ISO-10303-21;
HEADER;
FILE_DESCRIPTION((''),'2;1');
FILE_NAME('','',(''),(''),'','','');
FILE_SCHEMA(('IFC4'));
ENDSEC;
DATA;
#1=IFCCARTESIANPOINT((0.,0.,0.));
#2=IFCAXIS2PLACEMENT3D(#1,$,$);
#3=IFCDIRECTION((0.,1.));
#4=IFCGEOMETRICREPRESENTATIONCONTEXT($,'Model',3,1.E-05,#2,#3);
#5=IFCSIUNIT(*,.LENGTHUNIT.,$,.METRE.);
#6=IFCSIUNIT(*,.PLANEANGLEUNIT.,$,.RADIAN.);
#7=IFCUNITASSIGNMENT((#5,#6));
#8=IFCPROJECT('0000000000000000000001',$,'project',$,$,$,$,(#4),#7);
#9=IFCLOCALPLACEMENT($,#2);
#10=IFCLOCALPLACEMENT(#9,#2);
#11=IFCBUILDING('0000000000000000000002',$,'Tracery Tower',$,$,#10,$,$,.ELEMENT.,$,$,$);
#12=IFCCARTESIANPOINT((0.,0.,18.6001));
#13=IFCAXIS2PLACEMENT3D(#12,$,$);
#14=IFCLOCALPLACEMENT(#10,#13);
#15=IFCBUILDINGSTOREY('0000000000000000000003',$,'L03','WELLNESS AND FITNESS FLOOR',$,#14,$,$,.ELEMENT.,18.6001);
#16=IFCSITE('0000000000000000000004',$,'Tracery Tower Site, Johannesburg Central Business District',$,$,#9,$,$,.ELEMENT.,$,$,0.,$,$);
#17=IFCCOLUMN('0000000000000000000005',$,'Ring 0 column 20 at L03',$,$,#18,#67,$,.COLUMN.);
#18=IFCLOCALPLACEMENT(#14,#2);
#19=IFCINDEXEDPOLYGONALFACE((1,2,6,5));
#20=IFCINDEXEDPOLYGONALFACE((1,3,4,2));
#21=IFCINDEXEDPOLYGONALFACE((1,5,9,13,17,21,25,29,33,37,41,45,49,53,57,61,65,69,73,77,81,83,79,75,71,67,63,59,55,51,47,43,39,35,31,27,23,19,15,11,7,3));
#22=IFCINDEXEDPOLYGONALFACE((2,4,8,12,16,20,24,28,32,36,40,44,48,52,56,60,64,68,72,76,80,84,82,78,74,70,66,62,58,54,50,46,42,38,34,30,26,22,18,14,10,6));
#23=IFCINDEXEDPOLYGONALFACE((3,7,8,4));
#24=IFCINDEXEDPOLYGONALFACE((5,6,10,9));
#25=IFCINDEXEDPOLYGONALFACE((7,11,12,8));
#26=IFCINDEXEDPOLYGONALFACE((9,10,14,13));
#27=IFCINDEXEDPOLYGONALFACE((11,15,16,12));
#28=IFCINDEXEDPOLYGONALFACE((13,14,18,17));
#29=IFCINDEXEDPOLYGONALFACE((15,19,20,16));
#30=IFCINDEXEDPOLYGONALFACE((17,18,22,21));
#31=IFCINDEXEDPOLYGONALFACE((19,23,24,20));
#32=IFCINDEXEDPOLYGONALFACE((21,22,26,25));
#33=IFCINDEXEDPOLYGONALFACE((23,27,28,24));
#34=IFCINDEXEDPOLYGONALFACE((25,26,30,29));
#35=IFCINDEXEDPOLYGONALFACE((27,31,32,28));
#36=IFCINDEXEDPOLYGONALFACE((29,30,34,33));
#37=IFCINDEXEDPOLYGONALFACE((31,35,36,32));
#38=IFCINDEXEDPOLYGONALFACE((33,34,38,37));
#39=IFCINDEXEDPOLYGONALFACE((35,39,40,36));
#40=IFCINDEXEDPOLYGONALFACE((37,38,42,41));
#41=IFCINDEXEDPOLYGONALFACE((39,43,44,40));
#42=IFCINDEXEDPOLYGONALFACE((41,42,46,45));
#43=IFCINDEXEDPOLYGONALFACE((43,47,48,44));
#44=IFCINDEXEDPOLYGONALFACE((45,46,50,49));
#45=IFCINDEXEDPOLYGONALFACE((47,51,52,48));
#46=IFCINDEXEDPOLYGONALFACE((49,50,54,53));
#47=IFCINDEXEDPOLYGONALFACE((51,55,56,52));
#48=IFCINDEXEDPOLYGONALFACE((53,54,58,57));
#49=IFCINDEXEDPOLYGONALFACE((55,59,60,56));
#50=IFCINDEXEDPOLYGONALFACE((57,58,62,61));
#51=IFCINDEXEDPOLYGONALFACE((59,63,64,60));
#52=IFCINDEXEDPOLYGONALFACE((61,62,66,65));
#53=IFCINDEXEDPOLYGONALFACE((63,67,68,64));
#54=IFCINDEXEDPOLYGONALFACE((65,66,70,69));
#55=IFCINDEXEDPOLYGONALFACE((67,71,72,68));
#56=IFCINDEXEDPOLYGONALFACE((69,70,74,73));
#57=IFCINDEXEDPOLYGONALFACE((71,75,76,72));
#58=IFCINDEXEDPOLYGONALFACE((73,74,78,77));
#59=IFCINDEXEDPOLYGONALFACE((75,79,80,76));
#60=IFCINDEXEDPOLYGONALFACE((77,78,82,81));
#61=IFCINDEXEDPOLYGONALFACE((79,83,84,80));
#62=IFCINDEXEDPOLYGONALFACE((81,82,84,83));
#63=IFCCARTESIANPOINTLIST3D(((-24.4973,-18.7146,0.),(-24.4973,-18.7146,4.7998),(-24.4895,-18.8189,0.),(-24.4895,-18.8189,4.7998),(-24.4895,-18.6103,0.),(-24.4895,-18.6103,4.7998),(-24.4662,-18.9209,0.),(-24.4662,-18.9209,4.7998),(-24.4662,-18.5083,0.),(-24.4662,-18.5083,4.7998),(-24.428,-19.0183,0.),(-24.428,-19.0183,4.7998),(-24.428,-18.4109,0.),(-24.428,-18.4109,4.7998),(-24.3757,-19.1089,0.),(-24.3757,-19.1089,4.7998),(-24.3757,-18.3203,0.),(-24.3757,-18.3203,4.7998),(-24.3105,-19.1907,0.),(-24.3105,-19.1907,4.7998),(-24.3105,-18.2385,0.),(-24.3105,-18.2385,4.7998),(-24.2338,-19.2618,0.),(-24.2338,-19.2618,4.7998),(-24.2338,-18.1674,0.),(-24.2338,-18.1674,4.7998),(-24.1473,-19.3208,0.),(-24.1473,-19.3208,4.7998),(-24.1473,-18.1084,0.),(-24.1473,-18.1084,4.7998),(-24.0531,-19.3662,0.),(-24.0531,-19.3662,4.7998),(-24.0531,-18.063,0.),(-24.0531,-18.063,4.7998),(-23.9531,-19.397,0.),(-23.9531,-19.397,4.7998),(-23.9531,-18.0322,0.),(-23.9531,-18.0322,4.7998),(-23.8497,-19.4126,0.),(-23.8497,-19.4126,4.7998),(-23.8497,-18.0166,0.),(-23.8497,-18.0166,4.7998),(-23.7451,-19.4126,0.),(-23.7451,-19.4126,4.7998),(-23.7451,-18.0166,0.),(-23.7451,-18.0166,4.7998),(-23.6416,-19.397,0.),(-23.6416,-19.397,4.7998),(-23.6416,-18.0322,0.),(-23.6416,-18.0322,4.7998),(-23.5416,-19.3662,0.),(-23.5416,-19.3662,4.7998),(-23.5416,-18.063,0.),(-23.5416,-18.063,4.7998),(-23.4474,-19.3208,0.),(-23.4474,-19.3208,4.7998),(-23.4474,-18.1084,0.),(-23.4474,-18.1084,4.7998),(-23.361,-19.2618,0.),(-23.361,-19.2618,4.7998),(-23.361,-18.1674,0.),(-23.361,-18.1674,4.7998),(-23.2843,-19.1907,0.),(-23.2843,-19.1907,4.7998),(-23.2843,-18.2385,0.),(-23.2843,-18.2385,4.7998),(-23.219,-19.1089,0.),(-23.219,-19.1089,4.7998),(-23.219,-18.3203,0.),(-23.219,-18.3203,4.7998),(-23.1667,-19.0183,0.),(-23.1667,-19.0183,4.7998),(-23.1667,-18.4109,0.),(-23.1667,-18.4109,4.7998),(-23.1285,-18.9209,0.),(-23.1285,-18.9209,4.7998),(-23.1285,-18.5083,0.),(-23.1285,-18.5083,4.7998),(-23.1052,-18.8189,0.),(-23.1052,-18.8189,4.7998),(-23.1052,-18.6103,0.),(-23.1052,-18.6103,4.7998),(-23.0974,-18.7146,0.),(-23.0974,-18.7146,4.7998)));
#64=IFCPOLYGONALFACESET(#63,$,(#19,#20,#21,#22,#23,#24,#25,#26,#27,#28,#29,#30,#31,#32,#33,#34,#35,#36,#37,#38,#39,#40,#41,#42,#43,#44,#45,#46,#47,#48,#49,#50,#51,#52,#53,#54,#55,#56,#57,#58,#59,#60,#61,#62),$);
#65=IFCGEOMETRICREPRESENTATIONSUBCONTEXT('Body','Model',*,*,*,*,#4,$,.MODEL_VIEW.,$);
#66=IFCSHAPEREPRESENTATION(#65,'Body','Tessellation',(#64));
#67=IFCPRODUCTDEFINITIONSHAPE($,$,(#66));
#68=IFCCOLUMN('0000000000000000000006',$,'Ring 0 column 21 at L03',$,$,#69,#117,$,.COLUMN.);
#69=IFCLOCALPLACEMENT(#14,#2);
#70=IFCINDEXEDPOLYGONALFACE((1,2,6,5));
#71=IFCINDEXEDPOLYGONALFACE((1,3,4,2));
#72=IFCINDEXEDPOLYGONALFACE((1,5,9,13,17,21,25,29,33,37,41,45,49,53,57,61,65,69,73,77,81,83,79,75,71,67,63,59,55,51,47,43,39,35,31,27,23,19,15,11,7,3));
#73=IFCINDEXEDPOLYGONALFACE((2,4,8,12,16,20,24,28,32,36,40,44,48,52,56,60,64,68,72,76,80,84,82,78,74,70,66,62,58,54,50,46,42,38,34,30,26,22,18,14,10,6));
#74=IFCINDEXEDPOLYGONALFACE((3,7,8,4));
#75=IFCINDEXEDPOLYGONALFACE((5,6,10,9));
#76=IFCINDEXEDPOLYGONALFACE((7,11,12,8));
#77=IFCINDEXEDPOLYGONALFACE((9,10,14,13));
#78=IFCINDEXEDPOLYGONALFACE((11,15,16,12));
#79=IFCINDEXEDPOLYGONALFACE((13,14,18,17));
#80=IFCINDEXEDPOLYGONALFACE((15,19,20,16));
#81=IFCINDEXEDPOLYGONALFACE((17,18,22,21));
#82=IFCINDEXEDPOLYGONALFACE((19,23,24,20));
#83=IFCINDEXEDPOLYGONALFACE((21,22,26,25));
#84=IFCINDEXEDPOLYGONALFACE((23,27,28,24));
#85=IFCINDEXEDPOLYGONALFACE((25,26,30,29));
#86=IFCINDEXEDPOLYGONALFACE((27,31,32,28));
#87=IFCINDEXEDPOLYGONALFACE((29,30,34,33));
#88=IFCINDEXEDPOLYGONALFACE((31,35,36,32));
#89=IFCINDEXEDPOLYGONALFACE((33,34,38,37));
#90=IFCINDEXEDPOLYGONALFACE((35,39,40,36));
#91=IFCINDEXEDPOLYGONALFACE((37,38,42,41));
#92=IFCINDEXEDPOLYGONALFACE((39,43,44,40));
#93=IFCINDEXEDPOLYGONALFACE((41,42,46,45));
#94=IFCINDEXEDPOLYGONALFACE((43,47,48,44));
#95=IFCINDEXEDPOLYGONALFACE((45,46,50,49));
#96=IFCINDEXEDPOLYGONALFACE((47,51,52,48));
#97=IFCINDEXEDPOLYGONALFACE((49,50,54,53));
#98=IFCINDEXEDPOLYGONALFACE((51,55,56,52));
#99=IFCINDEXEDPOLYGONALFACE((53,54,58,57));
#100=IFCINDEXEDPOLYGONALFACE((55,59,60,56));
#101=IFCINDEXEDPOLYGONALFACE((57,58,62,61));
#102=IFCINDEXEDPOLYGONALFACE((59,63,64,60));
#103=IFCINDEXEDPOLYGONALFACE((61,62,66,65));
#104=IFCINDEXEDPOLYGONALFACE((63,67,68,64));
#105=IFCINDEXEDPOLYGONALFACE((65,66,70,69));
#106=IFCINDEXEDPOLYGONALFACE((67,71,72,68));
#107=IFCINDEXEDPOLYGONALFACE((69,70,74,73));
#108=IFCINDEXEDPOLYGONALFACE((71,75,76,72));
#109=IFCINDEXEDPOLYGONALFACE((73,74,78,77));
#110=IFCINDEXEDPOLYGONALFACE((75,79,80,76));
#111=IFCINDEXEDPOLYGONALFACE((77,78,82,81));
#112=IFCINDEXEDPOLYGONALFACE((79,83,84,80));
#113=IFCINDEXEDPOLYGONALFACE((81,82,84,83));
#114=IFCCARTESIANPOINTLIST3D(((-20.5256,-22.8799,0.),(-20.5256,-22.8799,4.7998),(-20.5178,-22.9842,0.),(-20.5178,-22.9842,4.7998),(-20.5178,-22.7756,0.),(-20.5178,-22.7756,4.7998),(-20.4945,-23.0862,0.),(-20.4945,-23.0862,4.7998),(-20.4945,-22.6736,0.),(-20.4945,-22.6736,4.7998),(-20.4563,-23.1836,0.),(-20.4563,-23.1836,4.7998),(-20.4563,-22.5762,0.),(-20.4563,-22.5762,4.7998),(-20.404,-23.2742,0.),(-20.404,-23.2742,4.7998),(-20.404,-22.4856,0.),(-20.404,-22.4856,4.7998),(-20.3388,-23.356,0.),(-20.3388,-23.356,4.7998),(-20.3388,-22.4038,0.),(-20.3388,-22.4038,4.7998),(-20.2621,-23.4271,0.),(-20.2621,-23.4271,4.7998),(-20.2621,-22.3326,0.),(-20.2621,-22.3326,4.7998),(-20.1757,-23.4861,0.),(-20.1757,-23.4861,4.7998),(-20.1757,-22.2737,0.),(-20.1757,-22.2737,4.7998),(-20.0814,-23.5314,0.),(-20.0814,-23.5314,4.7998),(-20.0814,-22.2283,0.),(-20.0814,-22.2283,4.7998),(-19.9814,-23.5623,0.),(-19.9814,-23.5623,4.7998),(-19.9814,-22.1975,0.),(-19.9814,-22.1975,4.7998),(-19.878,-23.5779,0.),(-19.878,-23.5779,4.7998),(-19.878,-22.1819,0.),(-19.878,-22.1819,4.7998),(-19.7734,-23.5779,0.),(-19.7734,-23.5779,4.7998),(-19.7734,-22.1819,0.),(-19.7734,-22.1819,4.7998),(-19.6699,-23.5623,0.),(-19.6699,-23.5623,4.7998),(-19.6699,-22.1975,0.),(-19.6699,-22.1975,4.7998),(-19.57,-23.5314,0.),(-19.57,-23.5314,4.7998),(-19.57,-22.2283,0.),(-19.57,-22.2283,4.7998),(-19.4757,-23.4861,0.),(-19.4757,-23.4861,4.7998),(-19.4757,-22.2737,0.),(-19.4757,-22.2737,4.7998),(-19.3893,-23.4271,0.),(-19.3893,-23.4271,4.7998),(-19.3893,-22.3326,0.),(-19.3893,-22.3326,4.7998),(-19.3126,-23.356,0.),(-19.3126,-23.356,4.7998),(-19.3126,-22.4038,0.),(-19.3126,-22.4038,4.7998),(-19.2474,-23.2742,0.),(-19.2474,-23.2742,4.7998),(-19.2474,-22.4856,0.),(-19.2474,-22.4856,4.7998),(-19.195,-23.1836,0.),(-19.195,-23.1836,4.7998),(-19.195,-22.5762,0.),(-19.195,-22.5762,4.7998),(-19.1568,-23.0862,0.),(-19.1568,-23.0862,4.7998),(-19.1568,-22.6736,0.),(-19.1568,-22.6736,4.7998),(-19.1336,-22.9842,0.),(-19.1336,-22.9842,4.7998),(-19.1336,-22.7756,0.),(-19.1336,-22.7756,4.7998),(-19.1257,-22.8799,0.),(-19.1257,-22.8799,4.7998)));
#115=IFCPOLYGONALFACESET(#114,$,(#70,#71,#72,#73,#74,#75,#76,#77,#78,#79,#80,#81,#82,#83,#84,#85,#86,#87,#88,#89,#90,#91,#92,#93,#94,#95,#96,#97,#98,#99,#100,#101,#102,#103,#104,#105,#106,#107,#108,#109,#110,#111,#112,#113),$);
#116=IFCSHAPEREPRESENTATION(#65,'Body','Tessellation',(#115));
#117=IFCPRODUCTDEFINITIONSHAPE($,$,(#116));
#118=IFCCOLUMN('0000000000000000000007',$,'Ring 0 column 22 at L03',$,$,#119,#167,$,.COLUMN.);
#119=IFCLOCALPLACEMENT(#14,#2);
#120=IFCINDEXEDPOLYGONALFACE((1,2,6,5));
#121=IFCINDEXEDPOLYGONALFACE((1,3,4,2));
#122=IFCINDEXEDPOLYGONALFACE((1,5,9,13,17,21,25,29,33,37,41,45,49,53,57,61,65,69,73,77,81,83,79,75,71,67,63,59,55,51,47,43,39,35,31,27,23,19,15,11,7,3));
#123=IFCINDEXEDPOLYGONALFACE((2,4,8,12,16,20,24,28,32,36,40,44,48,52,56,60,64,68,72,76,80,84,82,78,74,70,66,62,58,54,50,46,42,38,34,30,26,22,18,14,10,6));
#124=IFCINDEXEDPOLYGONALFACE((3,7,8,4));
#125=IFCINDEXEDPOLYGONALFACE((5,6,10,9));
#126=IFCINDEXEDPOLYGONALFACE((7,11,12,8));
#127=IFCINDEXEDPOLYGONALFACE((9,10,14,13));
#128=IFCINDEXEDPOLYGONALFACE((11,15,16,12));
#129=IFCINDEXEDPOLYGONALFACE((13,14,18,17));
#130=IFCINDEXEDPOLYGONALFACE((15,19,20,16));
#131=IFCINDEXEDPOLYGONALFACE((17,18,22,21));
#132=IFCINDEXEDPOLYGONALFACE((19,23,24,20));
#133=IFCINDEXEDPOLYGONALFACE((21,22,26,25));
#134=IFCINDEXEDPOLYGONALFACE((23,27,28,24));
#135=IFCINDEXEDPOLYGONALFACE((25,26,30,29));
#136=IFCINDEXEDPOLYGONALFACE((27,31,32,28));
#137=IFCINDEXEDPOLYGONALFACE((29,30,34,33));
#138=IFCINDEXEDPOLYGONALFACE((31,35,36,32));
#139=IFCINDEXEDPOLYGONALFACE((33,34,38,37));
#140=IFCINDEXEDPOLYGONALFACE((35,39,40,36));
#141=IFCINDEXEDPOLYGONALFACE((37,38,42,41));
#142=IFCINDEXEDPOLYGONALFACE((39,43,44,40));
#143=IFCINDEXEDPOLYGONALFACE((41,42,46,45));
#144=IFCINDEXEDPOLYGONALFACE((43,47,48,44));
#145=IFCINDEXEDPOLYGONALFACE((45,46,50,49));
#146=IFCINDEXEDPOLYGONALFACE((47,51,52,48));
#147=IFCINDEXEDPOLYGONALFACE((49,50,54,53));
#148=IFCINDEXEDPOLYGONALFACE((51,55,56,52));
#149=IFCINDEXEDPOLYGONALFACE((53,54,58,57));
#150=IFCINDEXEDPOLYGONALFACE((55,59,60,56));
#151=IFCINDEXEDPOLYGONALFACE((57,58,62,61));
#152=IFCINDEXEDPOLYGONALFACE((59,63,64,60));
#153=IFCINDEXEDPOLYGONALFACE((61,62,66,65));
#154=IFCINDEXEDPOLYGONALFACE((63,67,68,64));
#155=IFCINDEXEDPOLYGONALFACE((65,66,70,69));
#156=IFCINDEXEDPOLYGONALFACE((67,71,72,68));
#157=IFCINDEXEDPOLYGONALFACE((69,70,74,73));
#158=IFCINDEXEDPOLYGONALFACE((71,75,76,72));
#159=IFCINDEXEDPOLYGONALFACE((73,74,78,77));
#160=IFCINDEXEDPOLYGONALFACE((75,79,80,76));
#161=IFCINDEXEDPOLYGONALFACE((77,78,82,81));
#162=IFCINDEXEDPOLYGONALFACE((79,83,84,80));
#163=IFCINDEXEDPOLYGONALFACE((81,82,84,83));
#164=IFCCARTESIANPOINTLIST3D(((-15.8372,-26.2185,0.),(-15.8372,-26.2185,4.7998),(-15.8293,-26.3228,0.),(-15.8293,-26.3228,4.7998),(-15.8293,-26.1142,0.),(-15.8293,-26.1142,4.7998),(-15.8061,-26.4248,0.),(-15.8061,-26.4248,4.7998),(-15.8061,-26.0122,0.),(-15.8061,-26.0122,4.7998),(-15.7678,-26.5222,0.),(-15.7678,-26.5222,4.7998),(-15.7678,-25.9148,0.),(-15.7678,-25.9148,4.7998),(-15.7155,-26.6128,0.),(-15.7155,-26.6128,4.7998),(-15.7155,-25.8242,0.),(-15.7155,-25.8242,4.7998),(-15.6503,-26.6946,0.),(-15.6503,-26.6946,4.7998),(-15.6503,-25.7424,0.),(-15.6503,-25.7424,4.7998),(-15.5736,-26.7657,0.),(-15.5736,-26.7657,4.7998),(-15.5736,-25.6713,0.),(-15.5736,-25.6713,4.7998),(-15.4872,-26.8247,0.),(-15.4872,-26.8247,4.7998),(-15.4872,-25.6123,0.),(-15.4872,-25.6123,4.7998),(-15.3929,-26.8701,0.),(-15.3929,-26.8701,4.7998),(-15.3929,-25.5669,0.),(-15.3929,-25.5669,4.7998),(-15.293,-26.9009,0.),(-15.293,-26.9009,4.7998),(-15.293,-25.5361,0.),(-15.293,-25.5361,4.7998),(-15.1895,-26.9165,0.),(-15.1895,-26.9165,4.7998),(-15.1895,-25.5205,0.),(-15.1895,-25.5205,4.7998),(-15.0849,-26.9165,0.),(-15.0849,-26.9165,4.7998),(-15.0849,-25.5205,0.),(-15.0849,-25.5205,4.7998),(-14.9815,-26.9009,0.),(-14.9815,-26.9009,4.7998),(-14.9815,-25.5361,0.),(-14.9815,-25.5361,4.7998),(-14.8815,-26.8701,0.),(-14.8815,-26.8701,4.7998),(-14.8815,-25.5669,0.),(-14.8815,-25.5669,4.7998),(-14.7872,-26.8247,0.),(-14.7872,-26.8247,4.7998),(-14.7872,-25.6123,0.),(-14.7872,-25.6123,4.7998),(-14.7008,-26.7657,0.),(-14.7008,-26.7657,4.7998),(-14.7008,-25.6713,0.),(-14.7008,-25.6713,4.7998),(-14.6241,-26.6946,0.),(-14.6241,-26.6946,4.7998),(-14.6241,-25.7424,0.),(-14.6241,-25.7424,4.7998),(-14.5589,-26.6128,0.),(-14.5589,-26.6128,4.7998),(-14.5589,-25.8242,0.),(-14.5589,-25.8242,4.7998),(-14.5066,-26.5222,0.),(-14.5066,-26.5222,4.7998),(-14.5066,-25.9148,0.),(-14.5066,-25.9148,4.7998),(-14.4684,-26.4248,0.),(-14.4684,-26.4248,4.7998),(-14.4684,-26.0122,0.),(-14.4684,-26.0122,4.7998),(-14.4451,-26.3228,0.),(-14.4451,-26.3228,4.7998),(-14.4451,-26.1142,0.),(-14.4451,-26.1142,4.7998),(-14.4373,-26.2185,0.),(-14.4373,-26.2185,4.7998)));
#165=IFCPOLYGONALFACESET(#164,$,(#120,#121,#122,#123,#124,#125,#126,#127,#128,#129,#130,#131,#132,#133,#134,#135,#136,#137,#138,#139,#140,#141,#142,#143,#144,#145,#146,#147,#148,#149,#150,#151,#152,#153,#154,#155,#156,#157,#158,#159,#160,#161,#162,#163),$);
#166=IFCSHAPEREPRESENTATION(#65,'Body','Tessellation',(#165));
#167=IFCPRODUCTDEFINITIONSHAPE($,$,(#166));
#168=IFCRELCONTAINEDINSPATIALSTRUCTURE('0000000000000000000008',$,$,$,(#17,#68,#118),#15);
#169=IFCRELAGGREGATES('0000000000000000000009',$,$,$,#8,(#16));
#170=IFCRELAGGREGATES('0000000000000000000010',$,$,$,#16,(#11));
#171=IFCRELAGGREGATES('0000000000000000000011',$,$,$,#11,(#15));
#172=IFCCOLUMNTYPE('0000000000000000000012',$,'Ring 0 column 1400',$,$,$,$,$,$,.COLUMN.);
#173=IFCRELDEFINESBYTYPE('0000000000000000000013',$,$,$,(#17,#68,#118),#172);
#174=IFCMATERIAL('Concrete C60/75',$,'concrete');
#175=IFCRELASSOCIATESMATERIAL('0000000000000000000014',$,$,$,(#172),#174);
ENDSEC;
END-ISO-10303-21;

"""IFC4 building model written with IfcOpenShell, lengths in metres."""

from ifc_helpers import new_model, si_unit, direction, frame, origin, origin_2d, place, context, subcontext, project, spatial, circle, extrude, material, material_profile, profile_set, type_object, element, save


model = new_model("IFC4")

# Units and contexts
model_context = context("Model", 3, precision=1e-05, world=origin(), true_north=direction((0.0, 1.0)))
body_context = subcontext(model_context, "Body", "Model", "MODEL_VIEW")
ifc_project = project(units=[si_unit("LENGTHUNIT", "METRE"), si_unit("PLANEANGLEUNIT", "RADIAN")], contexts=[model_context])

# Site, building, storey
site_placement = place(None, origin())
site = spatial("IfcSite", under=ifc_project, at=site_placement, Name="Tracery Tower Site, Johannesburg Central Business District", CompositionType="ELEMENT", RefElevation=0.0)
building_placement = place(site_placement, origin())
building = spatial("IfcBuilding", under=site, at=building_placement, Name="Tracery Tower", CompositionType="ELEMENT")
storey_placement = place(building_placement, frame((0.0, 0.0, 18.6001)))
storey = spatial("IfcBuildingStorey", under=building, at=storey_placement, Name="L03", Description="WELLNESS AND FITNESS FLOOR", CompositionType="ELEMENT", Elevation=18.6001)

# Columns
ifc_material_1 = material(Name="Concrete C60/75", Category="concrete")
ifc_material_profile_1 = material_profile(ifc_material_1, circle(Radius=0.7, at=origin_2d()), Name="RC D1400")
ifc_profile_set_1 = profile_set([ifc_material_profile_1], Name="Concrete C60/75")
column_type_1 = type_object("IfcColumnType", Name="Ring 0 column 1400", PredefinedType="COLUMN", material=ifc_profile_set_1)
for number, where, z_axis, x_axis, name in (
    (1, (-23.7974, -18.7146, 0.0), (0.0, 0.0, 1.0), (1.0, 0.0, 0.0), "Ring 0 column 20 at L03"),
    (2, (-19.8257, -22.8799, 0.0), (0.0, 0.0, 1.0), (1.0, 0.0, 0.0), "Ring 0 column 21 at L03"),
    (3, (-15.1372, -26.2185, 0.0), (0.0, 0.0, 1.0), (1.0, 0.0, 0.0), "Ring 0 column 22 at L03"),
):
    element("IfcColumn", number, at=place(storey_placement, frame(where, z_axis=z_axis, x_axis=x_axis)), inside=storey, type_object=column_type_1, Name=name, PredefinedType="COLUMN", context=body_context, shape_type="SweptSolid", body=[
        extrude(circle(Radius=0.7, at=origin_2d()), origin(), (0.0, 0.0, 1.0), 4.7998),
    ])

save(model, "model.ifc")
